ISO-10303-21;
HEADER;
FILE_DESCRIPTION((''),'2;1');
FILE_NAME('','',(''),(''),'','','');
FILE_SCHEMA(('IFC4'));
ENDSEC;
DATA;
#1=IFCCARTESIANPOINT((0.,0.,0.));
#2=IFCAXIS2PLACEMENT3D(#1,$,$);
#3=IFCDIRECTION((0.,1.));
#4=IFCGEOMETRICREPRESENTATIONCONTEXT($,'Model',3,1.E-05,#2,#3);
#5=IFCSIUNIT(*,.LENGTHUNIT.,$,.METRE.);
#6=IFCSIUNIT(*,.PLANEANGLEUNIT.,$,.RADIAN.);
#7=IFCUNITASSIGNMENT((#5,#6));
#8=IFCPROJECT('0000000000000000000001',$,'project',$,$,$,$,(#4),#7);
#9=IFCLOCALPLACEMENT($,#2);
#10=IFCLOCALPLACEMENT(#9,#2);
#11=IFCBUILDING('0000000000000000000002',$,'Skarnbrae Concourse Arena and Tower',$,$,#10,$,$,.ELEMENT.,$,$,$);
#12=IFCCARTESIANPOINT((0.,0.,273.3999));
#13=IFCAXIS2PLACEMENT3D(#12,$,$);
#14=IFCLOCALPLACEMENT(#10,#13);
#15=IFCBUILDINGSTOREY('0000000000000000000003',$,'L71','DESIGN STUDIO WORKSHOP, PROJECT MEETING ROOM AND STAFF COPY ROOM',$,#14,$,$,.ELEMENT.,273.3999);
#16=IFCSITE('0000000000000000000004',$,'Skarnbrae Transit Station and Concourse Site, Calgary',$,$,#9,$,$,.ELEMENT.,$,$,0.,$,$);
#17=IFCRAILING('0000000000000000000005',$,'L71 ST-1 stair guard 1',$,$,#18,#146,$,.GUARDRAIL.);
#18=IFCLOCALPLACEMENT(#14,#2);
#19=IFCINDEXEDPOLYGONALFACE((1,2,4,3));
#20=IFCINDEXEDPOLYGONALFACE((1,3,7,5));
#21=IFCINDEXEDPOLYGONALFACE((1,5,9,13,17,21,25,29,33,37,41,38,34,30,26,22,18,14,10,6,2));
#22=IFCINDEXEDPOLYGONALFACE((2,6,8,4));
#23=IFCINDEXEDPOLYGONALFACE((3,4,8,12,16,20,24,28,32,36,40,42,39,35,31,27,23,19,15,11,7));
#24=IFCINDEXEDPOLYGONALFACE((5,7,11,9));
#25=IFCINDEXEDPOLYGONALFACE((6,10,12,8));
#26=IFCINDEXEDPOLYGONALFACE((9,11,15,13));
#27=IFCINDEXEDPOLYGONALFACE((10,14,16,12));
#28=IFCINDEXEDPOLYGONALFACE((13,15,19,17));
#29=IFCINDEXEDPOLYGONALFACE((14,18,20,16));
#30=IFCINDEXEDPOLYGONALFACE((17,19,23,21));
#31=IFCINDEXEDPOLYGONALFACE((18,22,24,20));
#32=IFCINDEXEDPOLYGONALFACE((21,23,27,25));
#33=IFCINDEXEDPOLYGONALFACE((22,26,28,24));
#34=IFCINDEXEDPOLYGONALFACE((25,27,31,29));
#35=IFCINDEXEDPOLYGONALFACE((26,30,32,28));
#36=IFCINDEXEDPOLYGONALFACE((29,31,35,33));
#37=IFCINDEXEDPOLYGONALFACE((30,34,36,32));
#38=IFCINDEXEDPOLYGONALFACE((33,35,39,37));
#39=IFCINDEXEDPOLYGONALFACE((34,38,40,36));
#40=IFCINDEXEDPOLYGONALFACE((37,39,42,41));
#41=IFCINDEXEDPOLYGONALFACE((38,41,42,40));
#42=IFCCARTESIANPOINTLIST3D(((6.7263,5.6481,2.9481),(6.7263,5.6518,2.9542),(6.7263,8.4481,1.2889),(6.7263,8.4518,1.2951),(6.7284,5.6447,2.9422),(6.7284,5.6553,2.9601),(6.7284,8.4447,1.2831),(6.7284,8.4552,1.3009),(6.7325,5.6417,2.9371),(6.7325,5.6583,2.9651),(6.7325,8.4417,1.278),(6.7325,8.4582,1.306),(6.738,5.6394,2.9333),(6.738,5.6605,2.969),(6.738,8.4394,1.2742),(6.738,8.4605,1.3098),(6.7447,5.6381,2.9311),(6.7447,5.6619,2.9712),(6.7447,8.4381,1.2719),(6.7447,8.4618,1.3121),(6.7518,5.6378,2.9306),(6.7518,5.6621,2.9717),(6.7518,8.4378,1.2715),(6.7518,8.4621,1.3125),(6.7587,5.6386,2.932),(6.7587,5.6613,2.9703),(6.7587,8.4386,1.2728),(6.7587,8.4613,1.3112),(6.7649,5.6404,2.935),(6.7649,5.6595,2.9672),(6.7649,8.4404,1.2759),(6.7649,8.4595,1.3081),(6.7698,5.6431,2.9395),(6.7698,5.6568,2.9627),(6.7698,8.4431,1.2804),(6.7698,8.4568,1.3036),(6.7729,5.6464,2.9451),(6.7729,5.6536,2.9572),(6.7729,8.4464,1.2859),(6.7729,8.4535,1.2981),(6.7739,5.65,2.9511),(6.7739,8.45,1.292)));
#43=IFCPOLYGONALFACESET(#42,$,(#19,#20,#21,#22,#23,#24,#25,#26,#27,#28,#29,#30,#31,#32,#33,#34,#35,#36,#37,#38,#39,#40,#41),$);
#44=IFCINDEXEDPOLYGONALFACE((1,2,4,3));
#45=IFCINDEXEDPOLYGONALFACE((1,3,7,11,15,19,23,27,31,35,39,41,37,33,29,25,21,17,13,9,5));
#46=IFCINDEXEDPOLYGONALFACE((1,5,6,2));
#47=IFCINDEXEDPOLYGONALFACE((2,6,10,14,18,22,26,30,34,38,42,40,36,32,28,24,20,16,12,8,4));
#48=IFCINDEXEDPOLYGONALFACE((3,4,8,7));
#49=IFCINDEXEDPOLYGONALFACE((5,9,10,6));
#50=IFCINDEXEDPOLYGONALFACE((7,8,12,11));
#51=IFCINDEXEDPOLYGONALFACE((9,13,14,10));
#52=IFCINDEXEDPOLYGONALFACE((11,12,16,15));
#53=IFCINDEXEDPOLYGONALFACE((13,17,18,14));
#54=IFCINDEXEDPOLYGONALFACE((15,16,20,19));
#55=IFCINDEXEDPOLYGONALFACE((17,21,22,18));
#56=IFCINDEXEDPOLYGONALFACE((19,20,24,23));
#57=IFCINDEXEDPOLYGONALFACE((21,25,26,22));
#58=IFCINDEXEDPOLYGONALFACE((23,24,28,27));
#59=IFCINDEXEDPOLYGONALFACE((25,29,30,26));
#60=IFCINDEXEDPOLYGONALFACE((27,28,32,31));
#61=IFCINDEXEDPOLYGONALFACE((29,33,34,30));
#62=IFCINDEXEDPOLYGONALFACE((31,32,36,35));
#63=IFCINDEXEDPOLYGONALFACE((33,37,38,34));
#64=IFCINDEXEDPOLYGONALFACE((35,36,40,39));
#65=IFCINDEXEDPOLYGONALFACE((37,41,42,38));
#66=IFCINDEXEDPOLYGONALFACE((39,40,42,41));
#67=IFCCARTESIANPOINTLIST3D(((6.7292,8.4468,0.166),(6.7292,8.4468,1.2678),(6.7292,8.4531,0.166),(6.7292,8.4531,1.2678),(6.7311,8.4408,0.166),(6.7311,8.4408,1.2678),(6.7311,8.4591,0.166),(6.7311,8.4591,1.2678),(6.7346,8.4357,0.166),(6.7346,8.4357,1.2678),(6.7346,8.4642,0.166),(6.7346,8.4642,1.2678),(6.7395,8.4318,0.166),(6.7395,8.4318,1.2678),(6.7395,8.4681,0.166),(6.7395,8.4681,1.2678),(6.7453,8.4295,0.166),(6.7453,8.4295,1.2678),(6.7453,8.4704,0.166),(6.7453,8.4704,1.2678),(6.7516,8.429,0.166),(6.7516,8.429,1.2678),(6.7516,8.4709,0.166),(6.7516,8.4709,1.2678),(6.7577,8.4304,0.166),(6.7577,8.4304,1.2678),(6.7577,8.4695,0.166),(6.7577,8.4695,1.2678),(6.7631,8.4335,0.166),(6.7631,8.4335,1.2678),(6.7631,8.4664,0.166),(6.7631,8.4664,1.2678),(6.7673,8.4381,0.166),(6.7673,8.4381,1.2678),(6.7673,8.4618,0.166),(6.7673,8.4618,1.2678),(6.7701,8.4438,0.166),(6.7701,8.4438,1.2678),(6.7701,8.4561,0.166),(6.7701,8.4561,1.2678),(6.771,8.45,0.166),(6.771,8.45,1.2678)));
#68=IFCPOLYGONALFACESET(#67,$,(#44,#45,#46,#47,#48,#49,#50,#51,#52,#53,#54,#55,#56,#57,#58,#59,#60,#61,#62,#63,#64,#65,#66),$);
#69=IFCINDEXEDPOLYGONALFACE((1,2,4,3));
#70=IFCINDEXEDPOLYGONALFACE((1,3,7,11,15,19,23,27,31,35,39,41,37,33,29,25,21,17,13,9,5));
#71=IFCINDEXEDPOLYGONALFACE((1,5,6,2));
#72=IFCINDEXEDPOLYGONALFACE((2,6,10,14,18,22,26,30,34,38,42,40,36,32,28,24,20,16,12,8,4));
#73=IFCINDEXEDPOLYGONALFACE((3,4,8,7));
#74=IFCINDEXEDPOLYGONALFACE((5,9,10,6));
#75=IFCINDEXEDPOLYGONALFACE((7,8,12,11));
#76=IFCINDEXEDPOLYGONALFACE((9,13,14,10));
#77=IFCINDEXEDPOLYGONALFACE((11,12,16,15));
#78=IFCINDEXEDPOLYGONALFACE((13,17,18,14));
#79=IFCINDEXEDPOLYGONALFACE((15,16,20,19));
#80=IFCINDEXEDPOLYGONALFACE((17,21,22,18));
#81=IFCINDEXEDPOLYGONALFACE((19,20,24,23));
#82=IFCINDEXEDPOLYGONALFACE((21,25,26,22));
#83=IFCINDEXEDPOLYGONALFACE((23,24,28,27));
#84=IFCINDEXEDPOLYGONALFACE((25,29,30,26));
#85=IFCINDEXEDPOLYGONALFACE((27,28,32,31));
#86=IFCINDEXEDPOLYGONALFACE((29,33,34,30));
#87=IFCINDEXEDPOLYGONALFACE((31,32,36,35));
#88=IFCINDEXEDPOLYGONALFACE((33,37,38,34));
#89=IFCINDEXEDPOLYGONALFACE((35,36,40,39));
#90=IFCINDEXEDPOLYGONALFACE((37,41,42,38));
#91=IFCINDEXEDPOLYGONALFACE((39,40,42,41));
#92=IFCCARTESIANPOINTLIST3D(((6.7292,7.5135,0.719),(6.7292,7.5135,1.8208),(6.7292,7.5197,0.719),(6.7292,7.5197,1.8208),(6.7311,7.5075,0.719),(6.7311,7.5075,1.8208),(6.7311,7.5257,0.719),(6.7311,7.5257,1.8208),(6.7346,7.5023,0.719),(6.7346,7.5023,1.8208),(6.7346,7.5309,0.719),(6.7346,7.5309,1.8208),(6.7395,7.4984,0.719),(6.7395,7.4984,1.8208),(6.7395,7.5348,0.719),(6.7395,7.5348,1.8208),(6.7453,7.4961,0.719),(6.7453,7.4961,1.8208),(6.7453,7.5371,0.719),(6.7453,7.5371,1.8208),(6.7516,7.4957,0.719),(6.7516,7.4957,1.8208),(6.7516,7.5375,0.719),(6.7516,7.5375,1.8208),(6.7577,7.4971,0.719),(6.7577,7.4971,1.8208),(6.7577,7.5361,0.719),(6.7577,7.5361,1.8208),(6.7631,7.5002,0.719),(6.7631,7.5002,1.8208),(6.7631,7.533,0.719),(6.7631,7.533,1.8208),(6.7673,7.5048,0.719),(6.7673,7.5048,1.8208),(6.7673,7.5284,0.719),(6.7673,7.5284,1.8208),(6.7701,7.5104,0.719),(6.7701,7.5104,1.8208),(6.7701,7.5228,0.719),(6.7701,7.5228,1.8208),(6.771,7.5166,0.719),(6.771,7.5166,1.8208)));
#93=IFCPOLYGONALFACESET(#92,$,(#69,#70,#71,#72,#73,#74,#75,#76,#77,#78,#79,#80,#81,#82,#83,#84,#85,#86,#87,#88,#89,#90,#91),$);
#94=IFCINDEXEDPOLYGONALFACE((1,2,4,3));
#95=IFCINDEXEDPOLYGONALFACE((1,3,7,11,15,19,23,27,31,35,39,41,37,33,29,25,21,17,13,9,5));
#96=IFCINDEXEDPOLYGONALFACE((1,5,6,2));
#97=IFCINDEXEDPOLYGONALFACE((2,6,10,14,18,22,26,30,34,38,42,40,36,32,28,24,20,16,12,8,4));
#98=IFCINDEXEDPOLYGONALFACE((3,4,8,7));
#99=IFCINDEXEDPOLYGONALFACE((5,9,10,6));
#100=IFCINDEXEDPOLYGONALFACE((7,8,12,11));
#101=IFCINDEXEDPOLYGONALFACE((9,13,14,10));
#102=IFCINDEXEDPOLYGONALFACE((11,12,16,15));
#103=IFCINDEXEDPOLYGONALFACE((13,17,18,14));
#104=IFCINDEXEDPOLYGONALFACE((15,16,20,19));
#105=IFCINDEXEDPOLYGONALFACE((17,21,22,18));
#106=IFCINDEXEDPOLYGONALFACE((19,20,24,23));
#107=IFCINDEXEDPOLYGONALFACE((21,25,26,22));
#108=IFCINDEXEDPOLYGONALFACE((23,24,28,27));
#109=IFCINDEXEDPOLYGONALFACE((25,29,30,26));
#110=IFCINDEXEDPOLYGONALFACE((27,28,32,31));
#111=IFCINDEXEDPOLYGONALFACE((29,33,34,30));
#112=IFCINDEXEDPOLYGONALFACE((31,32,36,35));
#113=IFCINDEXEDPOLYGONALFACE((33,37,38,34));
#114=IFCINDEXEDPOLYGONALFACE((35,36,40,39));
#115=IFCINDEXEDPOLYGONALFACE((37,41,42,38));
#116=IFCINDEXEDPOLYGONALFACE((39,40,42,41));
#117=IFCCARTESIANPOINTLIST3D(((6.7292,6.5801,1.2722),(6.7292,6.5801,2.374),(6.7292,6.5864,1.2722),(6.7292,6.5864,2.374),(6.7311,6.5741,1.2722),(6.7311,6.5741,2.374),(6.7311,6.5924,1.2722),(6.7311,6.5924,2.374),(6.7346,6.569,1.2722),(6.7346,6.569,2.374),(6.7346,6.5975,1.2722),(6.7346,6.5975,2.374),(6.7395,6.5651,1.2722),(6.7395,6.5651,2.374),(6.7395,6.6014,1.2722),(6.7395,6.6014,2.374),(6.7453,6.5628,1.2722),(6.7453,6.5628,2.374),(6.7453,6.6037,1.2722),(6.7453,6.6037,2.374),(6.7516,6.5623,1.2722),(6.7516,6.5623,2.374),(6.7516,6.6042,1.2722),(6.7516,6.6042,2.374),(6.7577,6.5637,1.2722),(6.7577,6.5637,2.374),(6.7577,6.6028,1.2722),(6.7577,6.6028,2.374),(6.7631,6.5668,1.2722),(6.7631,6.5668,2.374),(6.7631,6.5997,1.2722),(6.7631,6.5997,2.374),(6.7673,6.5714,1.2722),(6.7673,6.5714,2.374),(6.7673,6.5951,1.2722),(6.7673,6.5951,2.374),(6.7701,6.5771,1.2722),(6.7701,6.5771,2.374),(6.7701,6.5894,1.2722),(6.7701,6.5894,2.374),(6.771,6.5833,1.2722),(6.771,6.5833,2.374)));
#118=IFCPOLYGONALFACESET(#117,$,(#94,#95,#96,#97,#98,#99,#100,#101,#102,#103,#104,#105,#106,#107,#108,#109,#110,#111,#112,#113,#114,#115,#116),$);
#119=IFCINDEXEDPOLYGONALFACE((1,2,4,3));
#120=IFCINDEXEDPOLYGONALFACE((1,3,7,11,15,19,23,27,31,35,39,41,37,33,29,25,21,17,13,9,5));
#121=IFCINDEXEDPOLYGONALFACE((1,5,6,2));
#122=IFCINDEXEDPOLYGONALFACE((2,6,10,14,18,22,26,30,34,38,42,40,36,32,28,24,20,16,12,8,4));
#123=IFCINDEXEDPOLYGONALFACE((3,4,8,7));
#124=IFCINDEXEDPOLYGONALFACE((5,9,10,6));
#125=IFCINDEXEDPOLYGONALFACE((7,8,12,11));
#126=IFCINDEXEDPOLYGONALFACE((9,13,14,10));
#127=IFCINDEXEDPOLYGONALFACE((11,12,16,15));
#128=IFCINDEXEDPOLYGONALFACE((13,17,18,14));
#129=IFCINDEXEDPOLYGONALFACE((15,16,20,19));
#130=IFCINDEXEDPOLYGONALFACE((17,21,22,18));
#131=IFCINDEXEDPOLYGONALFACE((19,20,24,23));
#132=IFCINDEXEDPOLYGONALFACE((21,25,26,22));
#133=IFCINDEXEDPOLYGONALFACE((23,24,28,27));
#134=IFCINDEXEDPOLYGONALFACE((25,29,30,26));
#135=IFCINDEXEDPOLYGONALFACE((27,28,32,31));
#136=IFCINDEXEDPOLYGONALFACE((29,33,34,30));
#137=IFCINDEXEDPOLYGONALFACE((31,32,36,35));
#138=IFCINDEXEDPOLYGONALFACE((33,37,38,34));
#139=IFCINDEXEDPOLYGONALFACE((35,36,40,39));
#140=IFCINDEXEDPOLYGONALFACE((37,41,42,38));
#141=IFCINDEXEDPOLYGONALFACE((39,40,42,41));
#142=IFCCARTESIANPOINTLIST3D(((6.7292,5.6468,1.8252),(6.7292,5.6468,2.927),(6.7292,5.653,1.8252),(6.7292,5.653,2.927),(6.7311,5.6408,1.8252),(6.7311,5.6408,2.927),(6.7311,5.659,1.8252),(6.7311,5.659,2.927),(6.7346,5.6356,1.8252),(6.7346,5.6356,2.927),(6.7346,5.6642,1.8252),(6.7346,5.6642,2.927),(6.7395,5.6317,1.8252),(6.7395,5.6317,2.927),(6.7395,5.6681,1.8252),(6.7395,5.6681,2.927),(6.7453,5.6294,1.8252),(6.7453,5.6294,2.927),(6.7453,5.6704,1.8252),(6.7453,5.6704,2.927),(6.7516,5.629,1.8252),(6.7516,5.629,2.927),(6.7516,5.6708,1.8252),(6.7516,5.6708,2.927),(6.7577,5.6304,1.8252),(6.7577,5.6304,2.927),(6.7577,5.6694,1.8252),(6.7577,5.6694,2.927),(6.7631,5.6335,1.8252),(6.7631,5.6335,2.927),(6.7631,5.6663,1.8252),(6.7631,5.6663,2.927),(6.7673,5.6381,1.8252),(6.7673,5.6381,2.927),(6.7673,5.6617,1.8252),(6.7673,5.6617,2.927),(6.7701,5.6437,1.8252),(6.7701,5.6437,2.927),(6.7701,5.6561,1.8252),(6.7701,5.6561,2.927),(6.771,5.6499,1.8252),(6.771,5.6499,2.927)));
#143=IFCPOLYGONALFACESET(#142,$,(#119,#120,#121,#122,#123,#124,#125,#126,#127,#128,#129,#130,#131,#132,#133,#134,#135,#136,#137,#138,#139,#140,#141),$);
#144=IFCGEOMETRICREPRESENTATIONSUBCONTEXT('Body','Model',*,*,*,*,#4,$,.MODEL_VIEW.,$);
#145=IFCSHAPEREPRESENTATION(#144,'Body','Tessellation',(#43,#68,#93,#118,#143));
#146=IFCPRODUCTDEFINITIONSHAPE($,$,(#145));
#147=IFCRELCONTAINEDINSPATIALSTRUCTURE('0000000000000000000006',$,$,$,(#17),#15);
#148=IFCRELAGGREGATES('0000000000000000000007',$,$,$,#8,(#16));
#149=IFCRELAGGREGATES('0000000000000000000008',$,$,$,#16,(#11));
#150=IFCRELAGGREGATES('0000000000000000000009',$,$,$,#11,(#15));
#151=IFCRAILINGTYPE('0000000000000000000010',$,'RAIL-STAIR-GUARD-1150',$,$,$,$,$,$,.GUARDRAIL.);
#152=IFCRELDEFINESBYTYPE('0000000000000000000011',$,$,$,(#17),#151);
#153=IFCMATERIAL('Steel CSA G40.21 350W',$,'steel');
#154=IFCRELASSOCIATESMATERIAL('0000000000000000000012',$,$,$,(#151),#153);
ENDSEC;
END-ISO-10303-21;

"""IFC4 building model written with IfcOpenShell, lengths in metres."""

from ifc_helpers import new_model, si_unit, direction, frame, origin, origin_2d, place, context, subcontext, project, spatial, circle, extrude, material, type_object, element, save


model = new_model("IFC4")

# Units and contexts
model_context = context("Model", 3, precision=1e-05, world=origin(), true_north=direction((0.0, 1.0)))
body_context = subcontext(model_context, "Body", "Model", "MODEL_VIEW")
ifc_project = project(units=[si_unit("LENGTHUNIT", "METRE"), si_unit("PLANEANGLEUNIT", "RADIAN")], contexts=[model_context])

# Site, building, storey
site_placement = place(None, origin())
site = spatial("IfcSite", under=ifc_project, at=site_placement, Name="Skarnbrae Transit Station and Concourse Site, Calgary", CompositionType="ELEMENT", RefElevation=0.0)
building_placement = place(site_placement, origin())
building = spatial("IfcBuilding", under=site, at=building_placement, Name="Skarnbrae Concourse Arena and Tower", CompositionType="ELEMENT")
storey_placement = place(building_placement, frame((0.0, 0.0, 273.3999)))
storey = spatial("IfcBuildingStorey", under=building, at=storey_placement, Name="L71", Description="DESIGN STUDIO WORKSHOP, PROJECT MEETING ROOM AND STAFF COPY ROOM", CompositionType="ELEMENT", Elevation=273.3999)

# Shared definitions
ifc_material_1 = material(Name="Steel CSA G40.21 350W", Category="steel")

# Railing
railing_type_1 = type_object("IfcRailingType", Name="RAIL-STAIR-GUARD-1150", PredefinedType="GUARDRAIL", material=ifc_material_1)
railing_1_placement = place(storey_placement, frame((6.75, 8.45, 0.166)))
element("IfcRailing", 1, at=railing_1_placement, inside=storey, type_object=railing_type_1, Name="L71 ST-1 stair guard 1", PredefinedType="GUARDRAIL", context=body_context, shape_type="SweptSolid", body=[
    extrude(circle(Radius=0.0239, at=origin_2d()), frame((0.0, 0.0, 1.126), z_axis=(0.0, -0.860306, 0.509778), x_axis=(1.0, 0.0, 0.0)), (0.0, 0.0, 1.0), 3.2546),
    extrude(circle(Radius=0.021, at=origin_2d()), origin(), (0.0, 0.0, 1.0), 1.1018),
    extrude(circle(Radius=0.021, at=origin_2d()), frame((0.0, -0.9333, 0.553)), (0.0, 0.0, 1.0), 1.1018),
    extrude(circle(Radius=0.021, at=origin_2d()), frame((0.0, -1.8667, 1.1062)), (0.0, 0.0, 1.0), 1.1018),
    extrude(circle(Radius=0.021, at=origin_2d()), frame((0.0, -2.8, 1.6592)), (0.0, 0.0, 1.0), 1.1018),
])

save(model, "model.ifc")
